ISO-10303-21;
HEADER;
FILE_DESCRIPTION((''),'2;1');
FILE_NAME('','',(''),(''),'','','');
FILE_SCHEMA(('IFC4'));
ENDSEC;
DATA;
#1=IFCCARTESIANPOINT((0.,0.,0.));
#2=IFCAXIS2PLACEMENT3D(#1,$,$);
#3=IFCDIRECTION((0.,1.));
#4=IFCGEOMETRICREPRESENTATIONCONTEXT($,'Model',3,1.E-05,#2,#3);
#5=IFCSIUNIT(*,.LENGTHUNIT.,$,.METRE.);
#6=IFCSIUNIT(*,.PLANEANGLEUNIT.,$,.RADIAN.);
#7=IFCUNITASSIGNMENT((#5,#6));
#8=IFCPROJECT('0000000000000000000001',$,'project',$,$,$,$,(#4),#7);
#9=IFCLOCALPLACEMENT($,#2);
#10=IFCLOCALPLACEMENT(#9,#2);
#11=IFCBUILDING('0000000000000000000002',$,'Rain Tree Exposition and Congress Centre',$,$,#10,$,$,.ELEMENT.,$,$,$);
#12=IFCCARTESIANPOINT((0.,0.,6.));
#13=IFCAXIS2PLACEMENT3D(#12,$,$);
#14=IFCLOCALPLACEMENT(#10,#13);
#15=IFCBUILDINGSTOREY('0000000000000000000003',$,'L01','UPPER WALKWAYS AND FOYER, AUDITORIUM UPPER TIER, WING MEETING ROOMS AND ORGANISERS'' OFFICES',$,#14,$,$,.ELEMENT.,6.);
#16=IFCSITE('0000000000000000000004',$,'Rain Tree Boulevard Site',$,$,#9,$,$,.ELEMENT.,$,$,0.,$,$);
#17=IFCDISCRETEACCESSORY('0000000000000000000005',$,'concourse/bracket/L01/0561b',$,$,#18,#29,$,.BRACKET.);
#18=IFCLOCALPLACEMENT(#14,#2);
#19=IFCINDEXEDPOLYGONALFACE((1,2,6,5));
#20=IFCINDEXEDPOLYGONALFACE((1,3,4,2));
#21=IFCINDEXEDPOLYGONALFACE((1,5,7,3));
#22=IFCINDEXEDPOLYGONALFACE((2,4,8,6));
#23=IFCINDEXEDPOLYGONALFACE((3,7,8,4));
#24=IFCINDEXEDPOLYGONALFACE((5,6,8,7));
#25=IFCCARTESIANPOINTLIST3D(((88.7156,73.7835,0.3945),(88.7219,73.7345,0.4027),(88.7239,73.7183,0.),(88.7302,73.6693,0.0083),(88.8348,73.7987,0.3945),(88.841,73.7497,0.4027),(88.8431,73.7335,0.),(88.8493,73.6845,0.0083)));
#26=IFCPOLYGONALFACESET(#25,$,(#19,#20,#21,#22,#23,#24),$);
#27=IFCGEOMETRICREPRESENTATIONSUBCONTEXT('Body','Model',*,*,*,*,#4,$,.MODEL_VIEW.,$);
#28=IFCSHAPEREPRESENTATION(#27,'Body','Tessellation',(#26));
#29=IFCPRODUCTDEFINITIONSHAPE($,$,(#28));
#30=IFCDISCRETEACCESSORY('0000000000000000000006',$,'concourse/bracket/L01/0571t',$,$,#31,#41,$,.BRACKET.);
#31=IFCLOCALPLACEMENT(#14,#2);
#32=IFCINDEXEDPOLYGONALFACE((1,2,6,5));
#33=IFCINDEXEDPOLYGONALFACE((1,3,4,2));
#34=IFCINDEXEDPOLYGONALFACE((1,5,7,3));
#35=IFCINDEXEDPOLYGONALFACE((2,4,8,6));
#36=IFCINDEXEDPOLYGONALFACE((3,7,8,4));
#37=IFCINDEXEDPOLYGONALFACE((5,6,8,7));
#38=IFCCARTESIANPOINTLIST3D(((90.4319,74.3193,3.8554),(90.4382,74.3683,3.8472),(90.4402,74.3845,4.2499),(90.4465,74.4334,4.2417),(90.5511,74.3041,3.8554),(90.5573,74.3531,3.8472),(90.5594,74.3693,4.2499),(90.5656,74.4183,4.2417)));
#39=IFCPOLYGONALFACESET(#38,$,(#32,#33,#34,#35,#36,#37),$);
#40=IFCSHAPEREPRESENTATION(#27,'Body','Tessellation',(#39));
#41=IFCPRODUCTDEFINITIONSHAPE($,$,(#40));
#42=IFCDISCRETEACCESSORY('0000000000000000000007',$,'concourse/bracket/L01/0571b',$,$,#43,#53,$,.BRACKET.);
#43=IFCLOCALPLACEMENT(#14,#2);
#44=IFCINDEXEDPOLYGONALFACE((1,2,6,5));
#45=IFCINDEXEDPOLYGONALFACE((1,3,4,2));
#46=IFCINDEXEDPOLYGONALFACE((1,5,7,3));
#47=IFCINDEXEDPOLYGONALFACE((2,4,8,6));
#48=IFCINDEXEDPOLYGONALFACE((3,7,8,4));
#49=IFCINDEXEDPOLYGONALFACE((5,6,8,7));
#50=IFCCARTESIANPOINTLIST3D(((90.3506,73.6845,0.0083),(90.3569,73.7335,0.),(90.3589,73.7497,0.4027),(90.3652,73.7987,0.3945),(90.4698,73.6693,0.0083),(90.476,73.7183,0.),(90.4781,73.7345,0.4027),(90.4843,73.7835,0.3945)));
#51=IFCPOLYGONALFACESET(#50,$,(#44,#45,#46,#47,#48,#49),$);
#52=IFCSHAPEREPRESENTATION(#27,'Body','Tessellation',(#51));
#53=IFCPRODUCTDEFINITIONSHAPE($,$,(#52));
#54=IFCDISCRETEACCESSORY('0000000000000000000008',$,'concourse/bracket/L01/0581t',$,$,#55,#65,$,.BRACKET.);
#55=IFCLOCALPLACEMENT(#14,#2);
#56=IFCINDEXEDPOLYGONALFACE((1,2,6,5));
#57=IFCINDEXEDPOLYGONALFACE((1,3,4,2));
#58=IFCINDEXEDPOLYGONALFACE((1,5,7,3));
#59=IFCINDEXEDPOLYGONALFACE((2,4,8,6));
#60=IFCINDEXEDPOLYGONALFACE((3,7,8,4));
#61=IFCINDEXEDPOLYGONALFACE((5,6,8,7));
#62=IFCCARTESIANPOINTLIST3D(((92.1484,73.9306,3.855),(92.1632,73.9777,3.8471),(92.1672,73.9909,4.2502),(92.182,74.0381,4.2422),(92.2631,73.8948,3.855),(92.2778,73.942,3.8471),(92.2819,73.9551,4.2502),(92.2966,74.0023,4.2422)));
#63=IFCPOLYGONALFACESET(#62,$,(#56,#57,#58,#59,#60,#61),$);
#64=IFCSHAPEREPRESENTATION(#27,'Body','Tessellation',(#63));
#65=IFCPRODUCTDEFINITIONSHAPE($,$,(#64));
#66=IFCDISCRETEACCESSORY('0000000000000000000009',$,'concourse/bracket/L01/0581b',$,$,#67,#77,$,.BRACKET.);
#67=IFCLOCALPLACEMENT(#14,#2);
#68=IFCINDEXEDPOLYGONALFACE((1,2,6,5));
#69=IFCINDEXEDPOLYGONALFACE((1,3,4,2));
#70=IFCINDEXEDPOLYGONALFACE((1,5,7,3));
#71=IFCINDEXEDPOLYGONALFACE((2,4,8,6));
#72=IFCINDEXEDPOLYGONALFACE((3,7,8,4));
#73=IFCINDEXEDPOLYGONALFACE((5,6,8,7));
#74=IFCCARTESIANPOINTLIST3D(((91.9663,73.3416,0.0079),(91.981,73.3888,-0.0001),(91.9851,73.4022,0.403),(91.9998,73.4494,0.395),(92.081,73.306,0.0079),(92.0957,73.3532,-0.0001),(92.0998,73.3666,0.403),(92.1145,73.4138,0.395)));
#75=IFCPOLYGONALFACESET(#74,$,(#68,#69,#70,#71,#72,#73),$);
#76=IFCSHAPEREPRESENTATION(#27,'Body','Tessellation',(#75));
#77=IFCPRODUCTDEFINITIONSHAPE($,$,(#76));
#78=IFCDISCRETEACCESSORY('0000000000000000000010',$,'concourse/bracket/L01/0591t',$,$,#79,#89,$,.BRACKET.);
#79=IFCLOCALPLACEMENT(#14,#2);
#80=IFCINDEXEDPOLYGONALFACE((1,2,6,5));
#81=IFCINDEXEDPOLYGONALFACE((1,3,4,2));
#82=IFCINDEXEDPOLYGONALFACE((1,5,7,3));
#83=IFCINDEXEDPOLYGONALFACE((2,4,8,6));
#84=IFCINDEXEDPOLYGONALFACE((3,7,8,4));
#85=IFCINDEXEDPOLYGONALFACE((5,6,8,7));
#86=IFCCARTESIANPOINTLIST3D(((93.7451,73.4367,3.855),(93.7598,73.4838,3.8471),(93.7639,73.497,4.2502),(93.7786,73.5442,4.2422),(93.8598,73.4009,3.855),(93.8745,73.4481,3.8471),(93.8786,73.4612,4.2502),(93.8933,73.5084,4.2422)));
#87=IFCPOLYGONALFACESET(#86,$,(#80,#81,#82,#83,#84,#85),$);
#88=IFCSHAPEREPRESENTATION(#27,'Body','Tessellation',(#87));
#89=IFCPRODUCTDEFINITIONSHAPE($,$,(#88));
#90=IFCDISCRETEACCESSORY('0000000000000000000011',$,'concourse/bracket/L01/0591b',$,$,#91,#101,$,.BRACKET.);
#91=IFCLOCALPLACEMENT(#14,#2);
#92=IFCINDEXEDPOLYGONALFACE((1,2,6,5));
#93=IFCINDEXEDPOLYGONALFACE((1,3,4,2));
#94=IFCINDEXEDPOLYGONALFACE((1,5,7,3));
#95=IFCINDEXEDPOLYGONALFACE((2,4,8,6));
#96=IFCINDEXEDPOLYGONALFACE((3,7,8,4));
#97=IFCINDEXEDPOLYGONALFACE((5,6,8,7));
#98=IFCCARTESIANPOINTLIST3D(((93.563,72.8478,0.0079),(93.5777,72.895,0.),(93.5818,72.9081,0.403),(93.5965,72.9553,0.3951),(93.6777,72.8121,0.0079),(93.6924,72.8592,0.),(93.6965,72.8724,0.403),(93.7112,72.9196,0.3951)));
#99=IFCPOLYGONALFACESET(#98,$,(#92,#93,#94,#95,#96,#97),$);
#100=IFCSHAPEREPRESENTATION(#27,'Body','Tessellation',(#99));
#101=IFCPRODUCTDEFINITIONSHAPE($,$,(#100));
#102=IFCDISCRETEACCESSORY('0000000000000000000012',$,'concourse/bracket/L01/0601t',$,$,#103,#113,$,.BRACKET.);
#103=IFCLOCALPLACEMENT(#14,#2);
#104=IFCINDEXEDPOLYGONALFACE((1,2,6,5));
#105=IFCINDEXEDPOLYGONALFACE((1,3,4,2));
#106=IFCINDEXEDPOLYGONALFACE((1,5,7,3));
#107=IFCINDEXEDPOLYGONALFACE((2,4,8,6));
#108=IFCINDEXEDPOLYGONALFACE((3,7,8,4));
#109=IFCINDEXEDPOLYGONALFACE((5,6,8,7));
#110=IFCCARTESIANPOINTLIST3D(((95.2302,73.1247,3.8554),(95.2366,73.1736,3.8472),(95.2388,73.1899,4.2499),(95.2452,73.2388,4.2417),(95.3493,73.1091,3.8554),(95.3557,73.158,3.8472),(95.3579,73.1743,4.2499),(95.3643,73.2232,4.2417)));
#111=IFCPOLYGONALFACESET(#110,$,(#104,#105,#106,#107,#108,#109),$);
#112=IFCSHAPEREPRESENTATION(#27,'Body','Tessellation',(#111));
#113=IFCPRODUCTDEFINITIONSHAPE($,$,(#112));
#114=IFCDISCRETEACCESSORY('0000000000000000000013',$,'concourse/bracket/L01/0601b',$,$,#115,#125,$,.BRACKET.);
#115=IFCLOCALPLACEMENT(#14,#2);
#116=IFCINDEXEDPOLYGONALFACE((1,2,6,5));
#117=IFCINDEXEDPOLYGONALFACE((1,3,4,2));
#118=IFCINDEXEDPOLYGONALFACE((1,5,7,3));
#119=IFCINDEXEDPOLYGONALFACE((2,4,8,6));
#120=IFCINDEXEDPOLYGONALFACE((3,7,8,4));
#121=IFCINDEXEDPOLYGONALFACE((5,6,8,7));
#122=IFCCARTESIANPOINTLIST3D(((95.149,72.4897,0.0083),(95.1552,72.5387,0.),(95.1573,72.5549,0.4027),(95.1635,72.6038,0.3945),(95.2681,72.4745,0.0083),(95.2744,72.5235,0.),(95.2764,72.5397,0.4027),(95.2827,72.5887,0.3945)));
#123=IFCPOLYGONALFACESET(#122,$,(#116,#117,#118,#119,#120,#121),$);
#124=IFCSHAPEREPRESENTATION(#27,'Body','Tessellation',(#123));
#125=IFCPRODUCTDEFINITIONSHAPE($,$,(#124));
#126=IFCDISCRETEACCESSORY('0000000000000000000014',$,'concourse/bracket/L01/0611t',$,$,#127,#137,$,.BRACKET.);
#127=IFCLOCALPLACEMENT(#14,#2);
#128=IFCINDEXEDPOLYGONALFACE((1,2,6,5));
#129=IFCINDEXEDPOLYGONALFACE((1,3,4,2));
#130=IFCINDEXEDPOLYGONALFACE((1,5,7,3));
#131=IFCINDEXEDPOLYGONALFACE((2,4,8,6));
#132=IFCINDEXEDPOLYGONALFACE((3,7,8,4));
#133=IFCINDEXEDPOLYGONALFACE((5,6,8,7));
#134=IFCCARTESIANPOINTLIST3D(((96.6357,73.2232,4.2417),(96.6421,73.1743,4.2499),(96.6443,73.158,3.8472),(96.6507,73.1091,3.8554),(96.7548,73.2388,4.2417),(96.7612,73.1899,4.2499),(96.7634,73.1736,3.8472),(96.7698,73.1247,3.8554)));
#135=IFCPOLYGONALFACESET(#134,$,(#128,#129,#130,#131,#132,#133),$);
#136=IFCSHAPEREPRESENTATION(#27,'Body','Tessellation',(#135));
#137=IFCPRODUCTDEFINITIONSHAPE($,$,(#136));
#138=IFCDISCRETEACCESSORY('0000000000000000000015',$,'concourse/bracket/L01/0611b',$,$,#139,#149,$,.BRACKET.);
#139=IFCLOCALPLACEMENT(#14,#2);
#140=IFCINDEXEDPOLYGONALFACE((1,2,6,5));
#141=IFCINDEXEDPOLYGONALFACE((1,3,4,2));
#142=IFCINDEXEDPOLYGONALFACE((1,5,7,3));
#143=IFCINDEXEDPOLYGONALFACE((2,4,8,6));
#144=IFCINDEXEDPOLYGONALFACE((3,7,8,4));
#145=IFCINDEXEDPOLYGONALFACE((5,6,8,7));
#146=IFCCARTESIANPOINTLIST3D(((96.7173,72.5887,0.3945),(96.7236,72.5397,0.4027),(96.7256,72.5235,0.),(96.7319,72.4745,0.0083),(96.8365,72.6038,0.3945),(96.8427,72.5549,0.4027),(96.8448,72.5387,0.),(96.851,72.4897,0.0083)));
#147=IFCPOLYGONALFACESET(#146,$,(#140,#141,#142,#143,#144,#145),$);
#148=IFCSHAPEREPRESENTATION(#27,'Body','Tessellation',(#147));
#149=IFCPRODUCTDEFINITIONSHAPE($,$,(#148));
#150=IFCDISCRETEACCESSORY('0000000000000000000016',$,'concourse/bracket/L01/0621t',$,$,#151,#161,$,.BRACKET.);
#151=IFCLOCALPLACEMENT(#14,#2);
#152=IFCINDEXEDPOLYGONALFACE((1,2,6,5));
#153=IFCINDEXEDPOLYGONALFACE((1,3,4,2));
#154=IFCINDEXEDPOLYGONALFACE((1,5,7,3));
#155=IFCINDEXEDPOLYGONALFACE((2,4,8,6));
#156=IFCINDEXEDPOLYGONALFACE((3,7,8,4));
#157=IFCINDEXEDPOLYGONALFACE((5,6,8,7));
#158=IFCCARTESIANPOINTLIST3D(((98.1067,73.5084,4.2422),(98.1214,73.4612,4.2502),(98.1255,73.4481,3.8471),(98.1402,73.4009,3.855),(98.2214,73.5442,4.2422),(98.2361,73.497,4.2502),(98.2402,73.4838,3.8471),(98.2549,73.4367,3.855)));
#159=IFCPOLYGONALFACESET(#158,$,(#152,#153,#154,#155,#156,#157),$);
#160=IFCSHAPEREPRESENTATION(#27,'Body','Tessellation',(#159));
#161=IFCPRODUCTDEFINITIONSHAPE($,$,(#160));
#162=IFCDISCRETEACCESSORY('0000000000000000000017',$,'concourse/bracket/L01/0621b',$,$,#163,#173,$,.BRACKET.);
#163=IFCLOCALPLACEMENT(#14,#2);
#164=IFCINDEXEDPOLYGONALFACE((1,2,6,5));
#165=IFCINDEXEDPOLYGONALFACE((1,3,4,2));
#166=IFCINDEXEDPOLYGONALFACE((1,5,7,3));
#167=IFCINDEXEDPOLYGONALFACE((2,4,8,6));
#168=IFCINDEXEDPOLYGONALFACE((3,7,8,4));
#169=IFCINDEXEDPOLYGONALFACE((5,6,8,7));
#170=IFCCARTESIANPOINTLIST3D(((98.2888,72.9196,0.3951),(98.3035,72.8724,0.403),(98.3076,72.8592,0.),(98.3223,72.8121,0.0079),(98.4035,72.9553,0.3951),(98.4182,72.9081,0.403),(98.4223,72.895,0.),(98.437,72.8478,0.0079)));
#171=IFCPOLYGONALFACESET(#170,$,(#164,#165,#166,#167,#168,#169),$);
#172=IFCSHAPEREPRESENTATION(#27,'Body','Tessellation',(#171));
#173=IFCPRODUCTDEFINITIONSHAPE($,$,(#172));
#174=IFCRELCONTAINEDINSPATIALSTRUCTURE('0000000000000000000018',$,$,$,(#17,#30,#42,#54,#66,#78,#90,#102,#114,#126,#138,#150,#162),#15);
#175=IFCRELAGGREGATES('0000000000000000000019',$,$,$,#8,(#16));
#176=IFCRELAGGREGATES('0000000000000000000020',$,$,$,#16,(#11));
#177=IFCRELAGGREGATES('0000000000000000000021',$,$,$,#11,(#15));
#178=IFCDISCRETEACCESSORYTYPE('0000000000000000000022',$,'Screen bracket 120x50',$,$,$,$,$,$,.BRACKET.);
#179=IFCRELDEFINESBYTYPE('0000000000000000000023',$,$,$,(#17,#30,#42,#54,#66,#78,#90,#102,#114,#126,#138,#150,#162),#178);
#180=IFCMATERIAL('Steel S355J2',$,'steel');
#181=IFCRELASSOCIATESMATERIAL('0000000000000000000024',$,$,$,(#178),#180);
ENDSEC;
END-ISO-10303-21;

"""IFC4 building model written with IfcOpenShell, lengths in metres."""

from ifc_helpers import new_model, si_unit, direction, frame, origin, origin_2d, place, context, subcontext, project, spatial, rectangle, extrude, material, material_profile, profile_set, type_object, element, save


model = new_model("IFC4")

# Units and contexts
model_context = context("Model", 3, precision=1e-05, world=origin(), true_north=direction((0.0, 1.0)))
body_context = subcontext(model_context, "Body", "Model", "MODEL_VIEW")
ifc_project = project(units=[si_unit("LENGTHUNIT", "METRE"), si_unit("PLANEANGLEUNIT", "RADIAN")], contexts=[model_context])

# Site, building, storey
site_placement = place(None, origin())
site = spatial("IfcSite", under=ifc_project, at=site_placement, Name="Rain Tree Boulevard Site", CompositionType="ELEMENT", RefElevation=0.0)
building_placement = place(site_placement, origin())
building = spatial("IfcBuilding", under=site, at=building_placement, Name="Rain Tree Exposition and Congress Centre", CompositionType="ELEMENT")
storey_placement = place(building_placement, frame((0.0, 0.0, 6.0)))
storey = spatial("IfcBuildingStorey", under=building, at=storey_placement, Name="L01", Description="UPPER WALKWAYS AND FOYER, AUDITORIUM UPPER TIER, WING MEETING ROOMS AND ORGANISERS' OFFICES", CompositionType="ELEMENT", Elevation=6.0)

# Discrete accessories
ifc_material_1 = material(Name="Steel S355J2", Category="steel")
ifc_material_profile_1 = material_profile(ifc_material_1, rectangle(XDim=0.1201, YDim=0.05, at=origin_2d()), Name="Flat bar 120x50")
ifc_profile_set_1 = profile_set([ifc_material_profile_1], Name="Steel S355J2")
discrete_accessory_type = type_object("IfcDiscreteAccessoryType", Name="Screen bracket 120x50", PredefinedType="BRACKET", material=ifc_profile_set_1)
for number, where, z_axis, x_axis, name in (
    (1, (88.7866, 73.7014, 0.0042), (-0.020754, 0.162978, 0.986411), (-0.991989, -0.126321, 0.0), "concourse/bracket/L01/0561b"),
    (2, (90.4946, 74.3362, 3.8513), (0.020754, 0.162978, 0.986411), (-0.991989, 0.126321, 0.0), "concourse/bracket/L01/0571t"),
    (3, (90.4133, 73.7014, 0.0042), (0.020754, 0.162978, 0.986411), (-0.991989, 0.126321, 0.0), "concourse/bracket/L01/0571b"),
):
    element("IfcDiscreteAccessory", number, at=place(storey_placement, frame(where, z_axis=z_axis, x_axis=x_axis)), inside=storey, type_object=discrete_accessory_type, Name=name, PredefinedType="BRACKET", context=body_context, shape_type="SweptSolid", body=[
        extrude(rectangle(XDim=0.1201, YDim=0.05, at=origin_2d()), origin(), (0.0, 0.0, 1.0), 0.3999),
    ])
for number, where, z_axis, x_axis, name in (
    (4, (92.2131, 73.9363, 3.8511), (0.046993, 0.150743, 0.987456), (-0.954686, 0.297615, 0.0), "concourse/bracket/L01/0581t"),
    (5, (92.031, 73.3474, 0.0039), (0.046988, 0.151339, 0.987364), (-0.955027, 0.29652, 0.0), "concourse/bracket/L01/0581b"),
    (6, (93.8098, 73.4424, 3.8511), (0.046993, 0.150743, 0.987456), (-0.954686, 0.297615, 0.0), "concourse/bracket/L01/0591t"),
    (7, (93.6277, 72.8535, 0.0039), (0.046993, 0.150743, 0.987456), (-0.954686, 0.297615, 0.0), "concourse/bracket/L01/0591b"),
):
    element("IfcDiscreteAccessory", number, at=place(storey_placement, frame(where, z_axis=z_axis, x_axis=x_axis)), inside=storey, type_object=discrete_accessory_type, Name=name, PredefinedType="BRACKET", context=body_context, shape_type="SweptSolid", body=[
        extrude(rectangle(XDim=0.1201, YDim=0.05, at=origin_2d()), origin(), (0.0, 0.0, 1.0), 0.4001),
    ])
for number, where, z_axis, x_axis, name in (
    (8, (95.293, 73.1414, 3.8513), (0.021364, 0.162976, 0.986399), (-0.991517, 0.129974, 0.0), "concourse/bracket/L01/0601t"),
    (9, (95.2117, 72.5066, 0.0042), (0.020754, 0.162978, 0.986411), (-0.991989, 0.126321, 0.0), "concourse/bracket/L01/0601b"),
    (10, (96.707, 73.1414, 3.8513), (-0.021364, 0.162976, 0.986399), (-0.991517, -0.129974, 0.0), "concourse/bracket/L01/0611t"),
    (11, (96.7883, 72.5066, 0.0042), (-0.020754, 0.162978, 0.986411), (-0.991989, -0.126321, 0.0), "concourse/bracket/L01/0611b"),
):
    element("IfcDiscreteAccessory", number, at=place(storey_placement, frame(where, z_axis=z_axis, x_axis=x_axis)), inside=storey, type_object=discrete_accessory_type, Name=name, PredefinedType="BRACKET", context=body_context, shape_type="SweptSolid", body=[
        extrude(rectangle(XDim=0.1201, YDim=0.05, at=origin_2d()), origin(), (0.0, 0.0, 1.0), 0.3999),
    ])
for number, where, z_axis, x_axis, name in (
    (12, (98.1902, 73.4424, 3.8511), (-0.046993, 0.150743, 0.987456), (-0.954686, -0.297615, 0.0), "concourse/bracket/L01/0621t"),
    (13, (98.3723, 72.8535, 0.0039), (-0.046993, 0.150743, 0.987456), (-0.954686, -0.297615, 0.0), "concourse/bracket/L01/0621b"),
):
    element("IfcDiscreteAccessory", number, at=place(storey_placement, frame(where, z_axis=z_axis, x_axis=x_axis)), inside=storey, type_object=discrete_accessory_type, Name=name, PredefinedType="BRACKET", context=body_context, shape_type="SweptSolid", body=[
        extrude(rectangle(XDim=0.1201, YDim=0.05, at=origin_2d()), origin(), (0.0, 0.0, 1.0), 0.4001),
    ])

save(model, "model.ifc")
